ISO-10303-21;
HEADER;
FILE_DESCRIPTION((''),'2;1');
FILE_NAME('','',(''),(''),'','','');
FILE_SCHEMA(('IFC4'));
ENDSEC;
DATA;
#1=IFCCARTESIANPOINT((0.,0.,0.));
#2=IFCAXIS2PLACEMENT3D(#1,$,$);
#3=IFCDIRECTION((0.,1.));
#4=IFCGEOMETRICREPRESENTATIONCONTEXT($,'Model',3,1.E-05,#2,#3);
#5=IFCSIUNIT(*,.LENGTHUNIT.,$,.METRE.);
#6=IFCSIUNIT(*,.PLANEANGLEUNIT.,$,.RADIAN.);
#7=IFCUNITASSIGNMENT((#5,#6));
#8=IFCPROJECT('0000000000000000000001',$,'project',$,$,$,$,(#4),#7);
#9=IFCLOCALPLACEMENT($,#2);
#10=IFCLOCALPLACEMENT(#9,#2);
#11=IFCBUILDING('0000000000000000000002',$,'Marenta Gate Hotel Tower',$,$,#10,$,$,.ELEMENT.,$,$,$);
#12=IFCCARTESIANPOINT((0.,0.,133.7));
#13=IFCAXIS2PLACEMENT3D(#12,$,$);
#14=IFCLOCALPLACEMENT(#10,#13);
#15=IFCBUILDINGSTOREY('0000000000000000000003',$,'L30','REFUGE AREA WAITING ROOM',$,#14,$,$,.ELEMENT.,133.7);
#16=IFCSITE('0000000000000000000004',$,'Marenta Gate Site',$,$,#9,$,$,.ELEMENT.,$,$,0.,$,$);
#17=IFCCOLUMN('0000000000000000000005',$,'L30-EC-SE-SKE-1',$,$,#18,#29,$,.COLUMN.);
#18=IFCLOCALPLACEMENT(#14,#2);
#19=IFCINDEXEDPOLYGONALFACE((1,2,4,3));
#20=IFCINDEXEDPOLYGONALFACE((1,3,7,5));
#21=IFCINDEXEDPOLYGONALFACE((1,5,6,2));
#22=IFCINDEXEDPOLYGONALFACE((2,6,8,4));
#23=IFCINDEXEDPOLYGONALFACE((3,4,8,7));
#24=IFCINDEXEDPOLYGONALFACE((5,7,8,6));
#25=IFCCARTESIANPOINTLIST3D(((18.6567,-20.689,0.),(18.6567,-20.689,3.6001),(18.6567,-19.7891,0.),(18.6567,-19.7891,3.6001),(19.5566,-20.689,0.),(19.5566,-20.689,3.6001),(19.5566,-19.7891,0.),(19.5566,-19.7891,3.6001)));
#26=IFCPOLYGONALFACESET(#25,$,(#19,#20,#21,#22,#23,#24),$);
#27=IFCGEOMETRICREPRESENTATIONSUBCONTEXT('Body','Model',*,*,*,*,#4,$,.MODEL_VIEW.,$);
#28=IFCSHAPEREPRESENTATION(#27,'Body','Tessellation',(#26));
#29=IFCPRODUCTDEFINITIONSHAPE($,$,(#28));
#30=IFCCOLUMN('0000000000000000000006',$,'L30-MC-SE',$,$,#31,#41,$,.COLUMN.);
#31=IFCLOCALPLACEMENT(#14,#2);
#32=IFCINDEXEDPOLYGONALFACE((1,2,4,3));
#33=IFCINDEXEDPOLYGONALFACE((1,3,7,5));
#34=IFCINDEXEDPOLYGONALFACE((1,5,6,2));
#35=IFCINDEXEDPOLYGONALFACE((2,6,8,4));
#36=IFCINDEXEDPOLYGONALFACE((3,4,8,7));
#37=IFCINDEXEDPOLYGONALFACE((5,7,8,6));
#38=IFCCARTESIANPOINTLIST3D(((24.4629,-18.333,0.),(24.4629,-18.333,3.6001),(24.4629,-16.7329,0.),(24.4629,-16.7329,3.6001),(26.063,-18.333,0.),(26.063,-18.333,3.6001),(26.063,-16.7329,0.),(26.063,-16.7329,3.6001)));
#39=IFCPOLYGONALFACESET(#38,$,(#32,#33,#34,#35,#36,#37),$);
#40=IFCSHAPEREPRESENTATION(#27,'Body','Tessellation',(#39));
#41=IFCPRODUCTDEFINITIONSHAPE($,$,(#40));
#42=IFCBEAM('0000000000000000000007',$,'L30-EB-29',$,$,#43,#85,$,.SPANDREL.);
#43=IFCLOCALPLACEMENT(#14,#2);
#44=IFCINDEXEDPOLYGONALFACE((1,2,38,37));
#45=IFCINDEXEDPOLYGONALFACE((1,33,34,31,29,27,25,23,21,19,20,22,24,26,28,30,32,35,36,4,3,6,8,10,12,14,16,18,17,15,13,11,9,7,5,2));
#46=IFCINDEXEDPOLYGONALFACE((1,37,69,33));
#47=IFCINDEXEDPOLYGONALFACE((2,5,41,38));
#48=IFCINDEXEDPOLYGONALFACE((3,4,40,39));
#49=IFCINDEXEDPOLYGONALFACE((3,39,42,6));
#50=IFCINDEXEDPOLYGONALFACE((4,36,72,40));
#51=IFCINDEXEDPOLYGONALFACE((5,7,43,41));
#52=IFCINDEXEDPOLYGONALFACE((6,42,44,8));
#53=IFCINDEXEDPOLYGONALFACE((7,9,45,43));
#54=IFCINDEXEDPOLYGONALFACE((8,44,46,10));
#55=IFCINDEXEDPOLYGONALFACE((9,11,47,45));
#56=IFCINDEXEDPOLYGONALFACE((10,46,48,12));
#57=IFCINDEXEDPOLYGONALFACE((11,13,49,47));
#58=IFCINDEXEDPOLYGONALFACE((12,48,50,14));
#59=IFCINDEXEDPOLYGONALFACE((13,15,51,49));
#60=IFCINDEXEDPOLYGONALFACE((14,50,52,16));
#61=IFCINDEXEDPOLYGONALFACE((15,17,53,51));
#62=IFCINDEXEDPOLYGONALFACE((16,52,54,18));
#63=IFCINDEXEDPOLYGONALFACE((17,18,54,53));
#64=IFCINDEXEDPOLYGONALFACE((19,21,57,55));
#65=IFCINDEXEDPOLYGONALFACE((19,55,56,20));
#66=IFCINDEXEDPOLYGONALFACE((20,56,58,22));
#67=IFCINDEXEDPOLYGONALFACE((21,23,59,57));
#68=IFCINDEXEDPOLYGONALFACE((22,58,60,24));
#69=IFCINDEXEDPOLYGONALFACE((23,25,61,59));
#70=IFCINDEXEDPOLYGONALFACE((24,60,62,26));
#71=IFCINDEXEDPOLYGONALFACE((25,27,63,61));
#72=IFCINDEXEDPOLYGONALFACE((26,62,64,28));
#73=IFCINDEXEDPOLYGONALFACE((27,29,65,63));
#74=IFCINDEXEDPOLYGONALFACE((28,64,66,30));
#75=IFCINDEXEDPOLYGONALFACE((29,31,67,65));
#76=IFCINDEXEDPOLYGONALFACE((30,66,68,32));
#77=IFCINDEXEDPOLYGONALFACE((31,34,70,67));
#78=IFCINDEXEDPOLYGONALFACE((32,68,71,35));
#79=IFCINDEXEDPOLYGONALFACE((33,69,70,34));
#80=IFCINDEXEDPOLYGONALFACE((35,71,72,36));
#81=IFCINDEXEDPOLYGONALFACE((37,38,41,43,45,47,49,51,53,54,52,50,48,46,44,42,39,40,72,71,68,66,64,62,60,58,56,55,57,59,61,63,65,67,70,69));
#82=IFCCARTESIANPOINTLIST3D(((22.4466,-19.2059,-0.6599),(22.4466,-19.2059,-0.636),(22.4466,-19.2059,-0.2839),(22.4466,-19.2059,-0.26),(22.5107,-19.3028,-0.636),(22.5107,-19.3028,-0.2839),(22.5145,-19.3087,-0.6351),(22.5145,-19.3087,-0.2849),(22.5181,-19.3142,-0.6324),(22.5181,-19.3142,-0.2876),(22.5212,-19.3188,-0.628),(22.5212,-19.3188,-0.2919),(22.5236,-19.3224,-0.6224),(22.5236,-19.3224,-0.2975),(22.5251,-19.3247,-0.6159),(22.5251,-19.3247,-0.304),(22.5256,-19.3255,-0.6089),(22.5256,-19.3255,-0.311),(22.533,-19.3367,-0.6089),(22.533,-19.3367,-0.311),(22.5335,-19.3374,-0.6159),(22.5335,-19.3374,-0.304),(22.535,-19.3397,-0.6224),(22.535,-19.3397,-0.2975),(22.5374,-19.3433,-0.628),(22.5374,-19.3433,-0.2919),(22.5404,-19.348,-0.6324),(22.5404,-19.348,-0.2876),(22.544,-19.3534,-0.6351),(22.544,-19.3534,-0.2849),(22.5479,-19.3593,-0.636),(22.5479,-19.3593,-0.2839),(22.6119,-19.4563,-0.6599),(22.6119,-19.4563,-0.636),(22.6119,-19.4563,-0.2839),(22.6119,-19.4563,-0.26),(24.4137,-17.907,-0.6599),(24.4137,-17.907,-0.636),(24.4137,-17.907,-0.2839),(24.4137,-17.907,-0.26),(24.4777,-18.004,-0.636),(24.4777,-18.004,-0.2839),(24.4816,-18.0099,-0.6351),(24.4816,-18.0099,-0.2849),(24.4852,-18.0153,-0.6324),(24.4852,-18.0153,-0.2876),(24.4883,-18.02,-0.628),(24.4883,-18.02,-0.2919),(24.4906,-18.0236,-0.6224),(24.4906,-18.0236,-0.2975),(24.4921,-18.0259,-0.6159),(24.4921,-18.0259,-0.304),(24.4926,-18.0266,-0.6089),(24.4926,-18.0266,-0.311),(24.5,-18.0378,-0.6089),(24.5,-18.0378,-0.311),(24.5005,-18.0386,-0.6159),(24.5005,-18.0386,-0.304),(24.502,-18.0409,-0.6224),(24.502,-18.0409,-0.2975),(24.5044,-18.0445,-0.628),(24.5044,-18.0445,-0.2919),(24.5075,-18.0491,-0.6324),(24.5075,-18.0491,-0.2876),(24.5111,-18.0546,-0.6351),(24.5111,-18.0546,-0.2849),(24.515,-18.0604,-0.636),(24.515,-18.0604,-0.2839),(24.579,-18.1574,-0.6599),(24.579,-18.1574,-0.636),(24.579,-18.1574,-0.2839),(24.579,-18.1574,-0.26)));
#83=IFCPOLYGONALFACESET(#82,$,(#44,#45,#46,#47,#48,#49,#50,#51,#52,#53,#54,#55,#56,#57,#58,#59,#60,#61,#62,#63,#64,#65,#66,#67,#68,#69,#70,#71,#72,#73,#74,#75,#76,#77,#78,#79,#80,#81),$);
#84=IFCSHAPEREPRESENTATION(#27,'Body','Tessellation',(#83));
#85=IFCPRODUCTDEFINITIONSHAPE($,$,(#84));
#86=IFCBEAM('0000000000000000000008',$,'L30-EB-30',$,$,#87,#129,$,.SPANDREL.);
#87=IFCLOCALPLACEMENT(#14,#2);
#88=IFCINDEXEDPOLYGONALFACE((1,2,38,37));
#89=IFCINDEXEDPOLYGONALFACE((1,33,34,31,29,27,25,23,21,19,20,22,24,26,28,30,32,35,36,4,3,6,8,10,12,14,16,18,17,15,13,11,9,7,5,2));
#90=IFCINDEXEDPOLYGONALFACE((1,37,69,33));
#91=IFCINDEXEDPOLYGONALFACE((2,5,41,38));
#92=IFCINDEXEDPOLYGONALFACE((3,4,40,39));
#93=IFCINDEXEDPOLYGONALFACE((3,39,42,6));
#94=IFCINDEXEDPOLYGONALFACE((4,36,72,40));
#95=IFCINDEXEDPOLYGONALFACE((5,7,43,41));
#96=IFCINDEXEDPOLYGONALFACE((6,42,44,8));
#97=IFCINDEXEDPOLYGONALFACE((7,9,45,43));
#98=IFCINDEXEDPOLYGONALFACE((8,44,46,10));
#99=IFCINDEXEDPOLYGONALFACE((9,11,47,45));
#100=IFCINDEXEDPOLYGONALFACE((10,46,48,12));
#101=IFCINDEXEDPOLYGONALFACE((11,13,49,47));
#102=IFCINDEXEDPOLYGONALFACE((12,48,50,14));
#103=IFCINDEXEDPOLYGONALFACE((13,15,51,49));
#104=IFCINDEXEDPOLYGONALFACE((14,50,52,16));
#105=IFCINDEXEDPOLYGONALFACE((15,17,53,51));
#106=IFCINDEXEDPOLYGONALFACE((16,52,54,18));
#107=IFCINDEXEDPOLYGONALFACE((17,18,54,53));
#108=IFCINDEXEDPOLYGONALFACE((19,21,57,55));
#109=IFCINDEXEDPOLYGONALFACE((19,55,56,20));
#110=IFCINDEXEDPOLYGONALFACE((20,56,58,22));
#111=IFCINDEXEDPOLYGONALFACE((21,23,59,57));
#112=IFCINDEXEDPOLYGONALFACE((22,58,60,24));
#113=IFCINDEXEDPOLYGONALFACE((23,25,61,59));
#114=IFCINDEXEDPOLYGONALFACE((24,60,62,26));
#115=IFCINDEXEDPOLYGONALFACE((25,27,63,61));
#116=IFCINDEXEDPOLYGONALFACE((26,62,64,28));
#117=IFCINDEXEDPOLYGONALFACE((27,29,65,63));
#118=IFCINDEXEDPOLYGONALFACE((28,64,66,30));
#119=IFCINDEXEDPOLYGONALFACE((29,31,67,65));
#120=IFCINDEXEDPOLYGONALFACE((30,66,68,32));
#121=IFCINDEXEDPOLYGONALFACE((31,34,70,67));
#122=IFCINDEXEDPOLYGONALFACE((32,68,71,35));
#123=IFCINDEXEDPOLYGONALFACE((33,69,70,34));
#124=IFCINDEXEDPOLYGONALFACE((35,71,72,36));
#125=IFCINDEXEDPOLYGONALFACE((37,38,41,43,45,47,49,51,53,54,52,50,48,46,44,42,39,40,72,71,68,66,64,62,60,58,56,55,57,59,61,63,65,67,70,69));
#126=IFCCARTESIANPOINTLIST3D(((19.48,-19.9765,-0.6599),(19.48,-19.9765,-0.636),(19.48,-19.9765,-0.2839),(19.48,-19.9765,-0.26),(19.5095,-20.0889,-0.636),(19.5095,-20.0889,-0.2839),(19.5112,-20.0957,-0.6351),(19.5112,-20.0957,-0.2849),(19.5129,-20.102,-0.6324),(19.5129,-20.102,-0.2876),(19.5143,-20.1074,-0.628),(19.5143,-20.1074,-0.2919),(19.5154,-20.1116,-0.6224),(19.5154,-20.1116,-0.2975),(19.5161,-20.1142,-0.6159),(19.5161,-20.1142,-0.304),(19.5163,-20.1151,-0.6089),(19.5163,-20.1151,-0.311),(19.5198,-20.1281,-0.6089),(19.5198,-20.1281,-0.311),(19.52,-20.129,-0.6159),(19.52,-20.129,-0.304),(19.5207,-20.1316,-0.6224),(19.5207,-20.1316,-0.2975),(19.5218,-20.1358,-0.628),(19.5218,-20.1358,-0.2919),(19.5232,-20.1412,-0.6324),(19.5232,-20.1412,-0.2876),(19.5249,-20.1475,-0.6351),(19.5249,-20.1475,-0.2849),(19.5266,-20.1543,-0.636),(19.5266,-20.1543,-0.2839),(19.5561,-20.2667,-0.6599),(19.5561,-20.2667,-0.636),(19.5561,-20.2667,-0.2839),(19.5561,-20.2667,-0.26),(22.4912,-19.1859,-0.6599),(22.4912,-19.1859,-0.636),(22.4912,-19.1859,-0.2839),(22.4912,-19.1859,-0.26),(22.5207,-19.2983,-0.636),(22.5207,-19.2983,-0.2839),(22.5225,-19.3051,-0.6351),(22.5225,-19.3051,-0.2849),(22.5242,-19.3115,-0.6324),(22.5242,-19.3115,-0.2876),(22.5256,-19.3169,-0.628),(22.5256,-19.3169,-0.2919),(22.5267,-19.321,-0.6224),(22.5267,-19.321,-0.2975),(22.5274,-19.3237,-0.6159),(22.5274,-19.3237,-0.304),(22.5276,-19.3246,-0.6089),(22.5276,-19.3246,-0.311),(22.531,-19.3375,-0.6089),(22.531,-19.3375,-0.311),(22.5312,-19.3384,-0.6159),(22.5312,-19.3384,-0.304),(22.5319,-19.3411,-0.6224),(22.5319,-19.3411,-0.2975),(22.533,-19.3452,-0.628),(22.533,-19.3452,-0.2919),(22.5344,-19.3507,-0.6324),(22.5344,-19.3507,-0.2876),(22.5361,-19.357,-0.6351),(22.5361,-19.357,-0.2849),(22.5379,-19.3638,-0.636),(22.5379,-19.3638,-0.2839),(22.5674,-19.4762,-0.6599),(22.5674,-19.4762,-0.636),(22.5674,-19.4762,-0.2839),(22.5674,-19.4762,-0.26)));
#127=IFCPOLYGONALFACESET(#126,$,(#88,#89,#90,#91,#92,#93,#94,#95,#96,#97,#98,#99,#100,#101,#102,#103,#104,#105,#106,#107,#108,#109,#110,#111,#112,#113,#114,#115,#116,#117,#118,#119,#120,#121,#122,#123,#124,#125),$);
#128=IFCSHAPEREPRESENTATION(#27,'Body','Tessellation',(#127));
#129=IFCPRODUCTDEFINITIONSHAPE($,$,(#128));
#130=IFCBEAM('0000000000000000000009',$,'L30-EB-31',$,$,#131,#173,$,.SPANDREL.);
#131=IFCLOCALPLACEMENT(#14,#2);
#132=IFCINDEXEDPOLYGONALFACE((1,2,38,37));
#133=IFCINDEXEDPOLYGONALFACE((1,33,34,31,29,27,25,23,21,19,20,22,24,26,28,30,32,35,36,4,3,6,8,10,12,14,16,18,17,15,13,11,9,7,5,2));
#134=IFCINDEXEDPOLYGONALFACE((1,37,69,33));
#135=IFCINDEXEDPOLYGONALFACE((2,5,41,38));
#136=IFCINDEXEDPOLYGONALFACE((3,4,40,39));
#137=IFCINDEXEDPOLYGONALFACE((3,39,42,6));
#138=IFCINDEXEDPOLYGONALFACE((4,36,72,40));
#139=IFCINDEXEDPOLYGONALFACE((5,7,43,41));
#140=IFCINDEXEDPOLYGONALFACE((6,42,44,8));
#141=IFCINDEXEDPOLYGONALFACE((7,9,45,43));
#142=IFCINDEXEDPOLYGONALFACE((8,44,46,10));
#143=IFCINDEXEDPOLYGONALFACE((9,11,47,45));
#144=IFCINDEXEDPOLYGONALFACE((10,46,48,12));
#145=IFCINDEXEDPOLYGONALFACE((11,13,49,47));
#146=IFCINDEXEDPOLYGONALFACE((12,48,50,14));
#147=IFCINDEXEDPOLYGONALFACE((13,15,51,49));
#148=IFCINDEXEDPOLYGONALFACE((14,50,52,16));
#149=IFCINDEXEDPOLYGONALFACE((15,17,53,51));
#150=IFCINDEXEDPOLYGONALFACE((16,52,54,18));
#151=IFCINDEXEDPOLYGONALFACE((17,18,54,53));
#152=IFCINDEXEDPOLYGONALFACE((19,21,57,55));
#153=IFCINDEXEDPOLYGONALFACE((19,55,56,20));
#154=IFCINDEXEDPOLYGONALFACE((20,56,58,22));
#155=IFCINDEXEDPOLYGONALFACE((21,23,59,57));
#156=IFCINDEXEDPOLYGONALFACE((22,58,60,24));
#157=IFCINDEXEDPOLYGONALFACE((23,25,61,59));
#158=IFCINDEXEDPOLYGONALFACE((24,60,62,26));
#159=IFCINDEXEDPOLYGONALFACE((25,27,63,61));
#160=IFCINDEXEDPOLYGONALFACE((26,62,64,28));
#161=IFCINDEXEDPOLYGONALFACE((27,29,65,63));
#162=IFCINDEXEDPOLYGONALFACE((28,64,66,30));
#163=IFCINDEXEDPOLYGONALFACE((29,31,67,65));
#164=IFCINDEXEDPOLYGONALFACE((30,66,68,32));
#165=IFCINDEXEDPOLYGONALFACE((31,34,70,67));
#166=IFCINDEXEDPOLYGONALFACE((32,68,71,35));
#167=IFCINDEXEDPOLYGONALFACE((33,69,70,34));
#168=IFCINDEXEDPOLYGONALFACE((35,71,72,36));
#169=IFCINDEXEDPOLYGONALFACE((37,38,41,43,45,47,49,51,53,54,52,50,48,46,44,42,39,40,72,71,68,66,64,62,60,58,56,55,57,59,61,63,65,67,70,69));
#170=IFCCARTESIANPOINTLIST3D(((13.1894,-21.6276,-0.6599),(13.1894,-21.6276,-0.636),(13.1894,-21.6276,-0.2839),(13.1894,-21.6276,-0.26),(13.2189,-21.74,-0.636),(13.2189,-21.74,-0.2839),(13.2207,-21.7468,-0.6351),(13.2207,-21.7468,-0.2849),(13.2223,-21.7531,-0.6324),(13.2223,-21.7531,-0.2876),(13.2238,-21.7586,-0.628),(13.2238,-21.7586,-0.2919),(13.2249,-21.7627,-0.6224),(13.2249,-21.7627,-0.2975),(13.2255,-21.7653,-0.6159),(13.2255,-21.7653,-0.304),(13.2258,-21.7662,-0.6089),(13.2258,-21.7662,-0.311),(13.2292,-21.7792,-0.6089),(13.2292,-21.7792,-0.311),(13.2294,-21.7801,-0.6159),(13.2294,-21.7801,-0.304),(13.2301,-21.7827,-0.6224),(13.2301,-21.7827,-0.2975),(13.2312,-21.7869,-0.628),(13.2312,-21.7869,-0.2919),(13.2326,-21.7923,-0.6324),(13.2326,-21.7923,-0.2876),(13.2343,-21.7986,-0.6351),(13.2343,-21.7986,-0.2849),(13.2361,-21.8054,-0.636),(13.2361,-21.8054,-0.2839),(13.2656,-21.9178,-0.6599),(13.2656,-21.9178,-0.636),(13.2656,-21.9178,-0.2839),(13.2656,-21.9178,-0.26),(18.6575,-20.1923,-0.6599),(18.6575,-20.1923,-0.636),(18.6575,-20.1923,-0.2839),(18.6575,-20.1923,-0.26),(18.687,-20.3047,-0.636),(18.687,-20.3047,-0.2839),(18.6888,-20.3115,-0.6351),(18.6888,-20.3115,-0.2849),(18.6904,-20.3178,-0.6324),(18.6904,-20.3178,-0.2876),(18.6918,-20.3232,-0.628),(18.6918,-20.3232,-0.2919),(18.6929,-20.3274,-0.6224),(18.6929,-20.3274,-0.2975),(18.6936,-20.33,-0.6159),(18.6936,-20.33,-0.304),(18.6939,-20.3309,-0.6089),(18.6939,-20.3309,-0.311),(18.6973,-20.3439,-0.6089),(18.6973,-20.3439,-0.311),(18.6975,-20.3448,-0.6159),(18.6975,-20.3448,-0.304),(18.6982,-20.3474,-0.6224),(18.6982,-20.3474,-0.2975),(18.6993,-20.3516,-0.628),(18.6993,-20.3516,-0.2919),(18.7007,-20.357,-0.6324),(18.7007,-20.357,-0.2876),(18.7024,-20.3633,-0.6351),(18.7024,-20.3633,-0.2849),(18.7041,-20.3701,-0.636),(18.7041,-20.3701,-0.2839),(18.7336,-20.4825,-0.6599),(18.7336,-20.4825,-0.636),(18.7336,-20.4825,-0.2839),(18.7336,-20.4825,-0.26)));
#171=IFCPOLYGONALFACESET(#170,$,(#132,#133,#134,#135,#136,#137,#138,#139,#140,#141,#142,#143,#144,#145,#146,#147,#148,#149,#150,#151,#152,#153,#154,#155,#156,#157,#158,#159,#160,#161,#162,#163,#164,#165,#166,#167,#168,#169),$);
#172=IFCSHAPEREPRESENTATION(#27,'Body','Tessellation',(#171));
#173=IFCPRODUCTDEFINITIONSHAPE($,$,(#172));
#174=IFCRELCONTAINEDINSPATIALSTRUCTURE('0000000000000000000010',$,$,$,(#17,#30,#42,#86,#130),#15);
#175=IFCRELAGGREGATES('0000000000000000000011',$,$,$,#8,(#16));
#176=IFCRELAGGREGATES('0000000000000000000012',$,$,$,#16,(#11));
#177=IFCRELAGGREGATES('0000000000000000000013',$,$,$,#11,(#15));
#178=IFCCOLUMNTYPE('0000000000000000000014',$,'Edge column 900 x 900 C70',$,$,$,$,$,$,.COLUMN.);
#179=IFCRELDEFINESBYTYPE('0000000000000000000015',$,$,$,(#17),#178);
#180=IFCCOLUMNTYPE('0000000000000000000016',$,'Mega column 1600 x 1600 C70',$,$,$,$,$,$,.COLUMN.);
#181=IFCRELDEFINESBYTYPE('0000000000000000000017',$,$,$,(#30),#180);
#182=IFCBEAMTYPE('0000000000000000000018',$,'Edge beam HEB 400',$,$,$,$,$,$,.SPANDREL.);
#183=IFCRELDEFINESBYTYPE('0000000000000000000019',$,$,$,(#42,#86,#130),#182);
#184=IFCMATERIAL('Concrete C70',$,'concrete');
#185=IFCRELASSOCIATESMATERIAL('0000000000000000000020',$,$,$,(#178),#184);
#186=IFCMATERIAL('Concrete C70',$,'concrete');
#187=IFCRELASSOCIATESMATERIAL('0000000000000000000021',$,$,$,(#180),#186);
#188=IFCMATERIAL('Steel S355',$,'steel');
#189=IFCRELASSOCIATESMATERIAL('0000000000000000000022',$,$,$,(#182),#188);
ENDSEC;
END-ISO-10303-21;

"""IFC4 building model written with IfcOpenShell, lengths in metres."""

from ifc_helpers import new_model, si_unit, direction, frame, origin, origin_2d, place, context, subcontext, project, spatial, rectangle, i_section, extrude, material, material_profile, profile_set, type_object, element, save


model = new_model("IFC4")

# Units and contexts
model_context = context("Model", 3, precision=1e-05, world=origin(), true_north=direction((0.0, 1.0)))
body_context = subcontext(model_context, "Body", "Model", "MODEL_VIEW")
ifc_project = project(units=[si_unit("LENGTHUNIT", "METRE"), si_unit("PLANEANGLEUNIT", "RADIAN")], contexts=[model_context])

# Site, building, storey
site_placement = place(None, origin())
site = spatial("IfcSite", under=ifc_project, at=site_placement, Name="Marenta Gate Site", CompositionType="ELEMENT", RefElevation=0.0)
building_placement = place(site_placement, origin())
building = spatial("IfcBuilding", under=site, at=building_placement, Name="Marenta Gate Hotel Tower", CompositionType="ELEMENT")
storey_placement = place(building_placement, frame((0.0, 0.0, 133.7)))
storey = spatial("IfcBuildingStorey", under=building, at=storey_placement, Name="L30", Description="REFUGE AREA WAITING ROOM", CompositionType="ELEMENT", Elevation=133.7)

# Columns
ifc_material_1 = material(Name="Concrete C70", Category="concrete")
ifc_material_profile_1 = material_profile(ifc_material_1, rectangle(XDim=0.8999, YDim=0.8999, at=origin_2d()), Name="900 x 900")
ifc_profile_set_1 = profile_set([ifc_material_profile_1], Name="Concrete C70")
column_type_1 = type_object("IfcColumnType", Name="Edge column 900 x 900 C70", PredefinedType="COLUMN", material=ifc_profile_set_1)
column_1_placement = place(storey_placement, frame((19.1067, -20.239, 0.0), z_axis=(0.0, 0.0, 1.0), x_axis=(1.0, 0.0, 0.0)))
element("IfcColumn", 1, at=column_1_placement, inside=storey, type_object=column_type_1, Name="L30-EC-SE-SKE-1", PredefinedType="COLUMN", context=body_context, shape_type="SweptSolid", body=[
    extrude(rectangle(XDim=0.8999, YDim=0.8999, at=origin_2d()), origin(), (0.0, 0.0, 1.0), 3.6001),
])
ifc_material_2 = material(Name="Concrete C70", Category="concrete")
ifc_material_profile_2 = material_profile(ifc_material_2, rectangle(XDim=1.6001, YDim=1.6001, at=origin_2d()), Name="1600 x 1600")
ifc_profile_set_2 = profile_set([ifc_material_profile_2], Name="Concrete C70")
column_type_2 = type_object("IfcColumnType", Name="Mega column 1600 x 1600 C70", PredefinedType="COLUMN", material=ifc_profile_set_2)
column_2_placement = place(storey_placement, frame((25.2629, -17.533, 0.0), z_axis=(0.0, 0.0, 1.0), x_axis=(1.0, 0.0, 0.0)))
element("IfcColumn", 2, at=column_2_placement, inside=storey, type_object=column_type_2, Name="L30-MC-SE", PredefinedType="COLUMN", context=body_context, shape_type="SweptSolid", body=[
    extrude(rectangle(XDim=1.6001, YDim=1.6001, at=origin_2d()), origin(), (0.0, 0.0, 1.0), 3.6001),
])

# Beams
ifc_material_3 = material(Name="Steel S355", Category="steel")
ifc_material_profile_3 = material_profile(ifc_material_3, i_section(OverallWidth=0.3, OverallDepth=0.3999, WebThickness=0.0134, FlangeThickness=0.0239, FilletRadius=0.0271, at=origin_2d()), Name="HEB 400")
ifc_profile_set_3 = profile_set([ifc_material_profile_3], Name="Steel S355")
beam_type_1 = type_object("IfcBeamType", Name="Edge beam HEB 400", PredefinedType="SPANDREL", material=ifc_profile_set_3)
beam_1_placement = place(storey_placement, frame((24.4963, -18.0322, -0.46), z_axis=(-0.834496, -0.551014, 0.0), x_axis=(0.551014, -0.834496, 0.0)))
element("IfcBeam", 3, at=beam_1_placement, inside=storey, type_object=beam_type_1, Name="L30-EB-29", PredefinedType="SPANDREL", context=body_context, shape_type="SweptSolid", body=[
    extrude(i_section(OverallWidth=0.3, OverallDepth=0.3999, WebThickness=0.0134, FlangeThickness=0.0239, FilletRadius=0.0271, at=origin_2d()), origin(), (0.0, 0.0, 1.0), 2.3572),
])
beam_2_placement = place(storey_placement, frame((22.5293, -19.3311, -0.46), z_axis=(-0.967225, -0.253922, 0.0), x_axis=(0.253922, -0.967225, 0.0)))
element("IfcBeam", 4, at=beam_2_placement, inside=storey, type_object=beam_type_1, Name="L30-EB-30", PredefinedType="SPANDREL", context=body_context, shape_type="SweptSolid", body=[
    extrude(i_section(OverallWidth=0.3, OverallDepth=0.3999, WebThickness=0.0134, FlangeThickness=0.0239, FilletRadius=0.0271, at=origin_2d()), origin(), (0.0, 0.0, 1.0), 3.1133),
])
beam_3_placement = place(storey_placement, frame((18.6956, -20.3374, -0.46), z_axis=(-0.967233, -0.25389, 0.0), x_axis=(0.25389, -0.967233, 0.0)))
element("IfcBeam", 5, at=beam_3_placement, inside=storey, type_object=beam_type_1, Name="L30-EB-31", PredefinedType="SPANDREL", context=body_context, shape_type="SweptSolid", body=[
    extrude(i_section(OverallWidth=0.3, OverallDepth=0.3999, WebThickness=0.0134, FlangeThickness=0.0239, FilletRadius=0.0271, at=origin_2d()), origin(), (0.0, 0.0, 1.0), 5.6533),
])

save(model, "model.ifc")
